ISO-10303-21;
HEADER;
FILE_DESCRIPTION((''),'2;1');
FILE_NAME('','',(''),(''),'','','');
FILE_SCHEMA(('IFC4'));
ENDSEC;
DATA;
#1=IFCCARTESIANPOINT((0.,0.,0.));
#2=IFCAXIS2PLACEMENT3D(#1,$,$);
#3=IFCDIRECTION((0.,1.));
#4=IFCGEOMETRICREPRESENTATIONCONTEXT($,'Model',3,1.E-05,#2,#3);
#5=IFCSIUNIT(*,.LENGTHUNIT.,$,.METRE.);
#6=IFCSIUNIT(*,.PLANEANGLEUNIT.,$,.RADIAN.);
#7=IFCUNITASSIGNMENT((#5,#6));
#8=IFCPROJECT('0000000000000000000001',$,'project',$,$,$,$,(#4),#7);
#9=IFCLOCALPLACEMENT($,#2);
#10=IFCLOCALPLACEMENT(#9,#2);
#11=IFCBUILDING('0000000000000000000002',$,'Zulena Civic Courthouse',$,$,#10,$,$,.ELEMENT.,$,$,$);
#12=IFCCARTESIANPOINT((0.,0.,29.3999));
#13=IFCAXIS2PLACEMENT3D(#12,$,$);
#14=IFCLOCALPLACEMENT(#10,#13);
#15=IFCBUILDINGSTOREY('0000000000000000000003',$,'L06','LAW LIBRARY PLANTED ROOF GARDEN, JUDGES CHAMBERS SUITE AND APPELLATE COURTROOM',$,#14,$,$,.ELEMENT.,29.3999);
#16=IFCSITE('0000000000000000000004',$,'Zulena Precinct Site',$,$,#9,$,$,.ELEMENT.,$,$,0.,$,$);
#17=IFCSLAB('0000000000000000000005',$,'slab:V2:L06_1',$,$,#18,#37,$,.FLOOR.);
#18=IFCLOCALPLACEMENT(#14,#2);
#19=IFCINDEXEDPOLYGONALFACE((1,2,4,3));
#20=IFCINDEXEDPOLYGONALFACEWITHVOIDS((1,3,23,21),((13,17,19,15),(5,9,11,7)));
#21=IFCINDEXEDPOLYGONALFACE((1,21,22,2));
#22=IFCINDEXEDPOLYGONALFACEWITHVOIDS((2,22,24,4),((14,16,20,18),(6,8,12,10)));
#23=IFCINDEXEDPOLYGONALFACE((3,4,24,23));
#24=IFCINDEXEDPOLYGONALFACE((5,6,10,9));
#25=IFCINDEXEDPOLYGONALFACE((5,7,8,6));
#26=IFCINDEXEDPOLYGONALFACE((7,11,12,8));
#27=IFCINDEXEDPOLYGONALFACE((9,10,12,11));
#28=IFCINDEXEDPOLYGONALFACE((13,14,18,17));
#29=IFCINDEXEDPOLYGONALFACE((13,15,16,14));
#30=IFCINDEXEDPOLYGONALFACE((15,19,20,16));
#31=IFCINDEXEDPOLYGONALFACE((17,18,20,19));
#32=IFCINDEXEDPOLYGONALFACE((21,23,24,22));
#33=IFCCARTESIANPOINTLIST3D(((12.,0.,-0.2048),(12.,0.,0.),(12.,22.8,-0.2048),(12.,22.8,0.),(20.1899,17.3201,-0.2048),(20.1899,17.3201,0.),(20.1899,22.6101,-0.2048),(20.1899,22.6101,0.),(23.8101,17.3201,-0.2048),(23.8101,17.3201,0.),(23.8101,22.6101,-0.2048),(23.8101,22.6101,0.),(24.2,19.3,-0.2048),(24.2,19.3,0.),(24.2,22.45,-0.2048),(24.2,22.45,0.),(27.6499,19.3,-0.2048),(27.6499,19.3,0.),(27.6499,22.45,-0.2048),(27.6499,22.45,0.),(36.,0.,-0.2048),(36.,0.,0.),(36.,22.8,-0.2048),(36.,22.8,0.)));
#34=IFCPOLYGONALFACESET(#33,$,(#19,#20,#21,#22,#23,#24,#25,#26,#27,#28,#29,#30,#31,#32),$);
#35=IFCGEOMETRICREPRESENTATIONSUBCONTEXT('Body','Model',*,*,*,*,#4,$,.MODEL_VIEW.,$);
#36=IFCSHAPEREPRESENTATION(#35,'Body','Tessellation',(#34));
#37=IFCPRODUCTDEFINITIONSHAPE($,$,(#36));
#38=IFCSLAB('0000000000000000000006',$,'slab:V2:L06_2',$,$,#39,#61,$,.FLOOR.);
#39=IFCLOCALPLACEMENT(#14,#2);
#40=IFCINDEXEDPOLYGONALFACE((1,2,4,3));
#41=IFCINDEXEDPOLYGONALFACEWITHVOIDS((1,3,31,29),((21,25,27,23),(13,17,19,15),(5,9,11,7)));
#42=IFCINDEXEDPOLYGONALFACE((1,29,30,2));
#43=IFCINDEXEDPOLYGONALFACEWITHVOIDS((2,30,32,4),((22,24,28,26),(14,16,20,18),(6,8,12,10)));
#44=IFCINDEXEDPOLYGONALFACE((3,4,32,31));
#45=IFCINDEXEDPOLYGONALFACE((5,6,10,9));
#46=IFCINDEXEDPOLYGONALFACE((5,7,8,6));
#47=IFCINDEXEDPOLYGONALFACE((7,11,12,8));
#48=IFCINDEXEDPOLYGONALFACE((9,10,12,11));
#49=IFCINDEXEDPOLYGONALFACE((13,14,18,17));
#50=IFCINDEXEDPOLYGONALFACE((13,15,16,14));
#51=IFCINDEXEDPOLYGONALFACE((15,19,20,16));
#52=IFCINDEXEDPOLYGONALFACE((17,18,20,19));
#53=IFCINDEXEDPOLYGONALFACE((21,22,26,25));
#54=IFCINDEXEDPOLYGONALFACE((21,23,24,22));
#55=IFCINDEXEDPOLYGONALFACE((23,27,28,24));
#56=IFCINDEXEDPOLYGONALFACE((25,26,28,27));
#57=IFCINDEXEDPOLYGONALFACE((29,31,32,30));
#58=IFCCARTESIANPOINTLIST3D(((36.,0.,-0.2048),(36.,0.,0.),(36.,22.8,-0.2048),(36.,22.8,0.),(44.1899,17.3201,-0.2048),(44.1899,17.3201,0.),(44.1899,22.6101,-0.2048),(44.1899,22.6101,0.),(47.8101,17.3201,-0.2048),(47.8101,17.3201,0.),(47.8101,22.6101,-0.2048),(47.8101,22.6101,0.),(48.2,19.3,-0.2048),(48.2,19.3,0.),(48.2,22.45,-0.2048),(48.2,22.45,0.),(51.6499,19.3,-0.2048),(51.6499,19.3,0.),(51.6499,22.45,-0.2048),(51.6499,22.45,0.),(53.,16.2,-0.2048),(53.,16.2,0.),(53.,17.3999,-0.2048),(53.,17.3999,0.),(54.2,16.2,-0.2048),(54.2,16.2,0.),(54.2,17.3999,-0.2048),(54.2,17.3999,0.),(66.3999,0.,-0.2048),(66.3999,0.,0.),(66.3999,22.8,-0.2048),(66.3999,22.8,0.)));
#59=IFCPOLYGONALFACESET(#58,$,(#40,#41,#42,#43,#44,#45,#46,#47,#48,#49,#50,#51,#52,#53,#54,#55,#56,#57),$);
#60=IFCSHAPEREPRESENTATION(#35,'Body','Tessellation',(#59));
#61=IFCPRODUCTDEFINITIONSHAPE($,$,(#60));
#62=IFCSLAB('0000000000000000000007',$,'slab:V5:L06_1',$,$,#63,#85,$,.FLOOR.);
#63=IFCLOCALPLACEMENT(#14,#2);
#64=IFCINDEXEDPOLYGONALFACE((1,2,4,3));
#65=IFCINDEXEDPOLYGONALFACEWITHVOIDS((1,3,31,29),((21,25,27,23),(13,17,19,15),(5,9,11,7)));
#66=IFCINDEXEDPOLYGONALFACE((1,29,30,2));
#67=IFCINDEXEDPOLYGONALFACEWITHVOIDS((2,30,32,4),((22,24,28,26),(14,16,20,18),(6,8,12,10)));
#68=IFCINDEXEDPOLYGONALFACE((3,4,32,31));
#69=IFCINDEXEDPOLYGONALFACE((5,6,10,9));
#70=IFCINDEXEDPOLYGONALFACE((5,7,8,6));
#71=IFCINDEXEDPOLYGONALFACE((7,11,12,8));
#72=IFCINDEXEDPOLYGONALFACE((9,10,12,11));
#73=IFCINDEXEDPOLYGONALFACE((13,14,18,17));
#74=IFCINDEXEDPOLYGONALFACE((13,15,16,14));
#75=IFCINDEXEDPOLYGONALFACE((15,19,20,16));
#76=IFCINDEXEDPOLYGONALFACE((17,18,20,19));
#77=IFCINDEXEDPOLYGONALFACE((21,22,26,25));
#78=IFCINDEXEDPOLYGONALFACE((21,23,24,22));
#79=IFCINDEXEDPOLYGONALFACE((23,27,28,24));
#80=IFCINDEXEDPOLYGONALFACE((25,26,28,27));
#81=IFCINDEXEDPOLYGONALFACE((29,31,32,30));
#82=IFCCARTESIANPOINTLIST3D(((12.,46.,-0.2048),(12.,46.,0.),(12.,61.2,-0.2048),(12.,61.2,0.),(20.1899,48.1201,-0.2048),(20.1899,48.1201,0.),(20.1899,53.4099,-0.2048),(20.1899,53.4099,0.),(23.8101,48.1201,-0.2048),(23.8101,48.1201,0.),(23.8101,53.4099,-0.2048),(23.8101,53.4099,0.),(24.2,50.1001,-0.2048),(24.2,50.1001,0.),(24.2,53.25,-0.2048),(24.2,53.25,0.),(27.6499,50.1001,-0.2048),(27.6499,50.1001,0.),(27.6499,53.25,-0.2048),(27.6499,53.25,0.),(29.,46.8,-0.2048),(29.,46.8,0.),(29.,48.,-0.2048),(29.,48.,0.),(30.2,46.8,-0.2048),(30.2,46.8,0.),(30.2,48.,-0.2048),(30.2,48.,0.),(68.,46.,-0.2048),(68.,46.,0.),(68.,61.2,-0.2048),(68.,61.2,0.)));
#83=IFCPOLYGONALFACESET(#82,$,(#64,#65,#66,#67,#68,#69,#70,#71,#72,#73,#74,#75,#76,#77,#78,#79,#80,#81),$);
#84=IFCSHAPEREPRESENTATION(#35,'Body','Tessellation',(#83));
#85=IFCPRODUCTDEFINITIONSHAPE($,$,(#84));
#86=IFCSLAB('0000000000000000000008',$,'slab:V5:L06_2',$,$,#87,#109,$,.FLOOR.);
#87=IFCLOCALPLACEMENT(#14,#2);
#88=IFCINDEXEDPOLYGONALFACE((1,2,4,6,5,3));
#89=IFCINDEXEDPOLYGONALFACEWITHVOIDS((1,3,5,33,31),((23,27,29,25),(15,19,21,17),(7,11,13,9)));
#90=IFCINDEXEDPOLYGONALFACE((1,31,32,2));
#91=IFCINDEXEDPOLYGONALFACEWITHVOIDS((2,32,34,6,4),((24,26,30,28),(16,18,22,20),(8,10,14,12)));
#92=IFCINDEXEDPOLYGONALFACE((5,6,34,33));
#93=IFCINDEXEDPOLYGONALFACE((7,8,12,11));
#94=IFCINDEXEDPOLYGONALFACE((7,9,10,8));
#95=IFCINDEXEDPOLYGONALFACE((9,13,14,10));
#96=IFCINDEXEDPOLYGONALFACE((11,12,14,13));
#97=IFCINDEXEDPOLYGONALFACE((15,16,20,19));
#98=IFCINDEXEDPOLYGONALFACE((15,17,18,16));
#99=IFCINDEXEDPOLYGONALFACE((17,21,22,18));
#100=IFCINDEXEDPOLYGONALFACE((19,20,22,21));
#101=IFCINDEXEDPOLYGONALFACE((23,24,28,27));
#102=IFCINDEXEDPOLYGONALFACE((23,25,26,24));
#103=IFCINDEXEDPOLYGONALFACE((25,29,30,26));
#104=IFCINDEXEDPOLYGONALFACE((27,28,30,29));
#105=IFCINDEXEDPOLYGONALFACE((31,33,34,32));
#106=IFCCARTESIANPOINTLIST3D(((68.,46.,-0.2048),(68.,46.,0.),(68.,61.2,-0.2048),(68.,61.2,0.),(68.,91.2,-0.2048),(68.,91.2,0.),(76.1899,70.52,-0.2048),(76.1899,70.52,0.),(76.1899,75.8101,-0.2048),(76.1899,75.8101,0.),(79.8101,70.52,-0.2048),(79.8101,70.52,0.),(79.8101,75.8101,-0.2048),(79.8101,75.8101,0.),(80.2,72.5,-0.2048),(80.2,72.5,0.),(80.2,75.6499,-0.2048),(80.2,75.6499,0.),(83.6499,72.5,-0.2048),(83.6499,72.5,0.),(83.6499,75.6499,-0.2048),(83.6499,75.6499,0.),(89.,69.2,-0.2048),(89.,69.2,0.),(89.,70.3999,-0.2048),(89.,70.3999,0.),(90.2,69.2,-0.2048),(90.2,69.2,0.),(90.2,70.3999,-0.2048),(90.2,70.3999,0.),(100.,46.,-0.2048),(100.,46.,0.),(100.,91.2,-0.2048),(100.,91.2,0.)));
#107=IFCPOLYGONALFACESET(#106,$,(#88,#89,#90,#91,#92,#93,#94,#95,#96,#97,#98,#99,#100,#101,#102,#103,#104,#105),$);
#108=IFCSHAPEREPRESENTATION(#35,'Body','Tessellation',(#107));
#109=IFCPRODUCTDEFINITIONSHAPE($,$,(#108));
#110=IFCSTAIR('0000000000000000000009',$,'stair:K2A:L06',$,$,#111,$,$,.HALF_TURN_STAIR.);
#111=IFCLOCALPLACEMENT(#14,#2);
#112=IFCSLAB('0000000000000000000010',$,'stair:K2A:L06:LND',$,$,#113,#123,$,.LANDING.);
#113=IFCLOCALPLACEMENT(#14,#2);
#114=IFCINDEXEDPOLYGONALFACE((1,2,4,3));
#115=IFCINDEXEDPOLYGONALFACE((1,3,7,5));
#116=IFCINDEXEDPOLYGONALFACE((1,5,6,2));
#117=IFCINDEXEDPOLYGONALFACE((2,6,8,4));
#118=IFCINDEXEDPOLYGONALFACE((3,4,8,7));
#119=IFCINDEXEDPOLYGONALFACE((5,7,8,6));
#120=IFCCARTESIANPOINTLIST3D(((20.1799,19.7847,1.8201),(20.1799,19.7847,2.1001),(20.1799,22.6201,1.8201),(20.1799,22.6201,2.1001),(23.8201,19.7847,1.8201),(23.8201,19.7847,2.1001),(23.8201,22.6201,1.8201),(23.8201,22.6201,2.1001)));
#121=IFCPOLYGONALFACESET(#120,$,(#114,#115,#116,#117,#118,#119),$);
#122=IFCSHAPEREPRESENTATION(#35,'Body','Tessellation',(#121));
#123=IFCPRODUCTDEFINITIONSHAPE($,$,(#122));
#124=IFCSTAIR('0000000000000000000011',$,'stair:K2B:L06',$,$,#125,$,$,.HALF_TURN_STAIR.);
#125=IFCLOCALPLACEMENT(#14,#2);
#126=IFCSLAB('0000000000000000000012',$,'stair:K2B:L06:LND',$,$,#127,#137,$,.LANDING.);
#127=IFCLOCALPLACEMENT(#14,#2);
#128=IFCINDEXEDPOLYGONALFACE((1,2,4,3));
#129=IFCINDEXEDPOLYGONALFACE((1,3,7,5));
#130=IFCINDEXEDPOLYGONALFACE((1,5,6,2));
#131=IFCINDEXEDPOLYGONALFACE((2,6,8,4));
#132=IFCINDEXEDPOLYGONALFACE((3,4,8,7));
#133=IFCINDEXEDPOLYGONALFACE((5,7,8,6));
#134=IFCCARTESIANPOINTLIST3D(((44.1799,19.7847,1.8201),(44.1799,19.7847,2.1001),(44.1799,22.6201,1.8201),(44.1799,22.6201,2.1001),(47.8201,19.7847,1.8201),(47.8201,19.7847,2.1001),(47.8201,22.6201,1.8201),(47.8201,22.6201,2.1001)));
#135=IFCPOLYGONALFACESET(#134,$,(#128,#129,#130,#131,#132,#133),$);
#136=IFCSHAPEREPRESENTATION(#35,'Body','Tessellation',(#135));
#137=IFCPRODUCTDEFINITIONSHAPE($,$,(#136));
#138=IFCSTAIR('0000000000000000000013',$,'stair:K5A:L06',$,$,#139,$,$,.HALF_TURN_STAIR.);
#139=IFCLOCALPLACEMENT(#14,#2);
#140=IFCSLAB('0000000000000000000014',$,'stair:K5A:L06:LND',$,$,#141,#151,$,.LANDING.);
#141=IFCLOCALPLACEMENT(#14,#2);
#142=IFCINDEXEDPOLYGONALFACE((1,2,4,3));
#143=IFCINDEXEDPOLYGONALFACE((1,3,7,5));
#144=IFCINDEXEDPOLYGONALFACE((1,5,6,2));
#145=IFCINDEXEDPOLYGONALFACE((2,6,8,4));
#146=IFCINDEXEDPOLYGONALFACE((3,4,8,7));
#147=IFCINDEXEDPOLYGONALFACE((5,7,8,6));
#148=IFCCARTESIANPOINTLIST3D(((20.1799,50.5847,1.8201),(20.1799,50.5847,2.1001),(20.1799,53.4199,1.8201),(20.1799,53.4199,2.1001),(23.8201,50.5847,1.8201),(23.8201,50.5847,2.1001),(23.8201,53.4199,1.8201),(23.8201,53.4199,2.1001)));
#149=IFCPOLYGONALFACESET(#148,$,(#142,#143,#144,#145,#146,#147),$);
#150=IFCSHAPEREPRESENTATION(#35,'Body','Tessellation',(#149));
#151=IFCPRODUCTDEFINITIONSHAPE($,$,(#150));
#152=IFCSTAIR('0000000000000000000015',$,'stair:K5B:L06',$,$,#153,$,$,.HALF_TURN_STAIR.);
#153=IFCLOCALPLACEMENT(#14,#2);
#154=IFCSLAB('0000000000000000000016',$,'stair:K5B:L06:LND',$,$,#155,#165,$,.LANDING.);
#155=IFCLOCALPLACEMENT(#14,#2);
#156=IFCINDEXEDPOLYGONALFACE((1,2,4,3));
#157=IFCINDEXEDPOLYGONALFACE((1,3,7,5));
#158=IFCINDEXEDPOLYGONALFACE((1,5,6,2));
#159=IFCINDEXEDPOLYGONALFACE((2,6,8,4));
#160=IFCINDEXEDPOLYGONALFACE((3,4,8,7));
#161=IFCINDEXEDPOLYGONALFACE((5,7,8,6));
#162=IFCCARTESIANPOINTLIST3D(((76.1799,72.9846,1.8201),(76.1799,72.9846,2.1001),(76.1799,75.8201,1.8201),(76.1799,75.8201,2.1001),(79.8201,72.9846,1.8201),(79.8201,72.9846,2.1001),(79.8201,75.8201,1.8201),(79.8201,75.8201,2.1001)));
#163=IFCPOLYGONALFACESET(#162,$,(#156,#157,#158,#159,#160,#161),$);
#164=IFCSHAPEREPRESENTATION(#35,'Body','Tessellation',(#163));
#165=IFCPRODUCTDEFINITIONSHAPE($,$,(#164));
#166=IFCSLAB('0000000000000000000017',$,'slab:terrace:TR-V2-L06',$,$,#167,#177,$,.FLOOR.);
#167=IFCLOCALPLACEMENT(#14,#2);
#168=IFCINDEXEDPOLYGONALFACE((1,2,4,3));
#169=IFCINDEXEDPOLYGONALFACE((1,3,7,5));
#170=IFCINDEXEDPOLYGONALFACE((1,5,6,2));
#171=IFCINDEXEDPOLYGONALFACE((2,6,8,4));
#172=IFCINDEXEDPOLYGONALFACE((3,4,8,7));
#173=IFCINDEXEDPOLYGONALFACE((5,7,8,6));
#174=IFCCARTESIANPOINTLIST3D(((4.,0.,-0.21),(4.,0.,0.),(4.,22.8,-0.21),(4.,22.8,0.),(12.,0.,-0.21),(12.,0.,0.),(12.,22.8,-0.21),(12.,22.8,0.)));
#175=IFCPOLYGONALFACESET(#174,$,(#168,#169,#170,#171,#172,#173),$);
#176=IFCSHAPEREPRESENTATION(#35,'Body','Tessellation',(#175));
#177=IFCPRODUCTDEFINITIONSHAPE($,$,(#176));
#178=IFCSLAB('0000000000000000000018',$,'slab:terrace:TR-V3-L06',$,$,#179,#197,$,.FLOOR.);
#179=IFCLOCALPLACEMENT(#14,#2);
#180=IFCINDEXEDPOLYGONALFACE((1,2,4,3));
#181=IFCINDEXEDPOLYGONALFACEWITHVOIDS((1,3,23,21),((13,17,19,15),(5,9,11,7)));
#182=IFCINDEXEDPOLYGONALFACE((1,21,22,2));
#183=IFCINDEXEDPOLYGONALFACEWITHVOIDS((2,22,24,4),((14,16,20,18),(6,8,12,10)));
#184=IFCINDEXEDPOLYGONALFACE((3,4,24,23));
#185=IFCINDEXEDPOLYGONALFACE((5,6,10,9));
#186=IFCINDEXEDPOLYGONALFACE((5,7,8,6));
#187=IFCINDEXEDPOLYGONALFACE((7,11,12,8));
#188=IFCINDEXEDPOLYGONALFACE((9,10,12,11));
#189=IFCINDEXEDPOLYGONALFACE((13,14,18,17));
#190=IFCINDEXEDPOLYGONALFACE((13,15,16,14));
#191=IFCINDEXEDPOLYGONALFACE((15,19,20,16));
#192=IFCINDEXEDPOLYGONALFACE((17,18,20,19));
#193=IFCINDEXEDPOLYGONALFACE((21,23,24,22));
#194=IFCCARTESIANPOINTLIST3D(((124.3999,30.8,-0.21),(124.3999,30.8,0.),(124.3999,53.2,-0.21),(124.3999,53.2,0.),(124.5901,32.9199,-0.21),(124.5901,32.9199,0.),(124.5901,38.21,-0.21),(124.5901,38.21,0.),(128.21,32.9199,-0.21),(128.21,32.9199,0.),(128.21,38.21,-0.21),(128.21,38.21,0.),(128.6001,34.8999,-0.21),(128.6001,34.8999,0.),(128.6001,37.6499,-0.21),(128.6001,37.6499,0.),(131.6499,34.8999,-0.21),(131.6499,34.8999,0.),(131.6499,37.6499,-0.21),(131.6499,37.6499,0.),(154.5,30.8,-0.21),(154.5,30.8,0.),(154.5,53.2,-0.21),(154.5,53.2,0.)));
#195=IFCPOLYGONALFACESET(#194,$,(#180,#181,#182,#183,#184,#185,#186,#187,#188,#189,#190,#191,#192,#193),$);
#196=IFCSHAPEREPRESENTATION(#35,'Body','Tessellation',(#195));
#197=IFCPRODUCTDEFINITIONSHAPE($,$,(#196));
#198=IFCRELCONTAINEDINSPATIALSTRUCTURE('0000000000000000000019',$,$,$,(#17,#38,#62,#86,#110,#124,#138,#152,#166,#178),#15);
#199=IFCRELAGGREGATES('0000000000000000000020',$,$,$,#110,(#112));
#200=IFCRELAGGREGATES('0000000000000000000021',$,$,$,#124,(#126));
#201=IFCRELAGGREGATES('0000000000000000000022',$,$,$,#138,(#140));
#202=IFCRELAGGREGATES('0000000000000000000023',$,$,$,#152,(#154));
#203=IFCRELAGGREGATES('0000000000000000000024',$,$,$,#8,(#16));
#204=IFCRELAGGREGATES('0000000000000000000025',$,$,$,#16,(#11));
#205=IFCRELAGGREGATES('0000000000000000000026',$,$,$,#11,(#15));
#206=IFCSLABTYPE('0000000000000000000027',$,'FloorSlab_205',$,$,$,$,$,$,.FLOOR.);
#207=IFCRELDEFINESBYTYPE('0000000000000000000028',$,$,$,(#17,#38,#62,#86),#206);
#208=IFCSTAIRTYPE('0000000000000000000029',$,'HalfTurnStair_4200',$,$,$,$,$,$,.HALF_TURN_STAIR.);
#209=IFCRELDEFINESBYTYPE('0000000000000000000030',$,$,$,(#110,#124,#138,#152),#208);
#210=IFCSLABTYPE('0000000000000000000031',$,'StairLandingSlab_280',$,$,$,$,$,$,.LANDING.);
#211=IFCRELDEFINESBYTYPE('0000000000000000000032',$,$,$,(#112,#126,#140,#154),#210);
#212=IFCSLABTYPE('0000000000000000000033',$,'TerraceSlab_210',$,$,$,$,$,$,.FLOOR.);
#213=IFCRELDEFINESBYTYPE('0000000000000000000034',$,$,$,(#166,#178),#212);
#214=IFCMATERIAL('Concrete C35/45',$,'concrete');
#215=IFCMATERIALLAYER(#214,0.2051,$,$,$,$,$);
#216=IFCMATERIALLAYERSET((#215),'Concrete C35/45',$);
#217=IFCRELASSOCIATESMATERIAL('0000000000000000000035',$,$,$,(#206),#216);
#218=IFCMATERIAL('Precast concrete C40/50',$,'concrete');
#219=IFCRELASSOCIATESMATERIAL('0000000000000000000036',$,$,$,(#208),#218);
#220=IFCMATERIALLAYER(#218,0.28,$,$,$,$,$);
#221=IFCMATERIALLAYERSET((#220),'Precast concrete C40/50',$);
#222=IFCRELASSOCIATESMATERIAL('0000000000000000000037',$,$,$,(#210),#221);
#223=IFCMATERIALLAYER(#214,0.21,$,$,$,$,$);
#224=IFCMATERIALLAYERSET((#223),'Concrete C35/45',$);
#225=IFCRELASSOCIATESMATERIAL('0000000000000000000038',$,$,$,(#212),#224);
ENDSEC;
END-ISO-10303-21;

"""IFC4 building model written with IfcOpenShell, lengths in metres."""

from ifc_helpers import new_model, si_unit, direction, frame, origin, place, context, subcontext, project, spatial, polyline, outline, extrude, material, layer, layer_set, type_object, element, aggregate, save


model = new_model("IFC4")

# Units and contexts
model_context = context("Model", 3, precision=1e-05, world=origin(), true_north=direction((0.0, 1.0)))
body_context = subcontext(model_context, "Body", "Model", "MODEL_VIEW")
ifc_project = project(units=[si_unit("LENGTHUNIT", "METRE"), si_unit("PLANEANGLEUNIT", "RADIAN")], contexts=[model_context])

# Site, building, storey
site_placement = place(None, origin())
site = spatial("IfcSite", under=ifc_project, at=site_placement, Name="Zulena Precinct Site", CompositionType="ELEMENT", RefElevation=0.0)
building_placement = place(site_placement, origin())
building = spatial("IfcBuilding", under=site, at=building_placement, Name="Zulena Civic Courthouse", CompositionType="ELEMENT")
storey_placement = place(building_placement, frame((0.0, 0.0, 29.3999)))
storey = spatial("IfcBuildingStorey", under=building, at=storey_placement, Name="L06", Description="LAW LIBRARY PLANTED ROOF GARDEN, JUDGES CHAMBERS SUITE AND APPELLATE COURTROOM", CompositionType="ELEMENT", Elevation=29.3999)

# Shared definitions
ifc_material_1 = material(Name="Concrete C35/45", Category="concrete")

# Slabs
ifc_layer_1 = layer(ifc_material_1, 0.2051)
ifc_layer_set_1 = layer_set([ifc_layer_1], Name="Concrete C35/45")
slab_type_1 = type_object("IfcSlabType", Name="FloorSlab_205", PredefinedType="FLOOR", material=ifc_layer_set_1)
slab_1_placement = place(storey_placement, frame((0.0, 0.0, -0.2048)))
element("IfcSlab", 1, at=slab_1_placement, inside=storey, type_object=slab_type_1, Name="slab:V2:L06_1", PredefinedType="FLOOR", context=body_context, shape_type="SweptSolid", body=[
    extrude(outline(polyline([(36.0, 22.8), (36.0, 0.0), (12.0, 0.0), (12.0, 22.8), (36.0, 22.8)]), holes=[polyline([(23.8101, 22.6101), (20.1899, 22.6101), (20.1899, 17.3201), (23.8101, 17.3201), (23.8101, 22.6101)]), polyline([(27.6499, 19.3), (27.6499, 22.45), (24.2, 22.45), (24.2, 19.3), (27.6499, 19.3)])]), origin(), (0.0, 0.0, 1.0), 0.2048),
])
slab_2_placement = place(storey_placement, frame((0.0, 0.0, -0.2048)))
element("IfcSlab", 2, at=slab_2_placement, inside=storey, type_object=slab_type_1, Name="slab:V2:L06_2", PredefinedType="FLOOR", context=body_context, shape_type="SweptSolid", body=[
    extrude(outline(polyline([(66.3999, 22.8), (66.3999, 0.0), (36.0, 0.0), (36.0, 22.8), (66.3999, 22.8)]), holes=[polyline([(44.1899, 17.3201), (47.8101, 17.3201), (47.8101, 22.6101), (44.1899, 22.6101), (44.1899, 17.3201)]), polyline([(48.2, 22.45), (48.2, 19.3), (51.6499, 19.3), (51.6499, 22.45), (48.2, 22.45)]), polyline([(54.2, 17.3999), (53.0, 17.3999), (53.0, 16.2), (54.2, 16.2), (54.2, 17.3999)])]), origin(), (0.0, 0.0, 1.0), 0.2048),
])
slab_3_placement = place(storey_placement, frame((0.0, 0.0, -0.2048)))
element("IfcSlab", 3, at=slab_3_placement, inside=storey, type_object=slab_type_1, Name="slab:V5:L06_1", PredefinedType="FLOOR", context=body_context, shape_type="SweptSolid", body=[
    extrude(outline(polyline([(12.0, 61.2), (68.0, 61.2), (68.0, 46.0), (12.0, 46.0), (12.0, 61.2)]), holes=[polyline([(20.1899, 53.4099), (20.1899, 48.1201), (23.8101, 48.1201), (23.8101, 53.4099), (20.1899, 53.4099)]), polyline([(27.6499, 53.25), (24.2, 53.25), (24.2, 50.1001), (27.6499, 50.1001), (27.6499, 53.25)]), polyline([(29.0, 48.0), (29.0, 46.8), (30.2, 46.8), (30.2, 48.0), (29.0, 48.0)])]), origin(), (0.0, 0.0, 1.0), 0.2048),
])
slab_4_placement = place(storey_placement, frame((0.0, 0.0, -0.2048)))
element("IfcSlab", 4, at=slab_4_placement, inside=storey, type_object=slab_type_1, Name="slab:V5:L06_2", PredefinedType="FLOOR", context=body_context, shape_type="SweptSolid", body=[
    extrude(outline(polyline([(68.0, 91.2), (100.0, 91.2), (100.0, 46.0), (68.0, 46.0), (68.0, 61.2), (68.0, 91.2)]), holes=[polyline([(79.8101, 70.52), (79.8101, 75.8101), (76.1899, 75.8101), (76.1899, 70.52), (79.8101, 70.52)]), polyline([(80.2, 72.5), (83.6499, 72.5), (83.6499, 75.6499), (80.2, 75.6499), (80.2, 72.5)]), polyline([(90.2, 70.3999), (89.0, 70.3999), (89.0, 69.2), (90.2, 69.2), (90.2, 70.3999)])]), origin(), (0.0, 0.0, 1.0), 0.2048),
])

# Stairs, slabs
ifc_material_2 = material(Name="Precast concrete C40/50", Category="concrete")
stair_type = type_object("IfcStairType", Name="HalfTurnStair_4200", PredefinedType="HALF_TURN_STAIR", material=ifc_material_2)
stair_1_placement = place(storey_placement, origin())
stair_1 = element("IfcStair", 5, at=stair_1_placement, inside=storey, type_object=stair_type, Name="stair:K2A:L06", PredefinedType="HALF_TURN_STAIR")
ifc_layer_2 = layer(ifc_material_2, 0.28)
ifc_layer_set_2 = layer_set([ifc_layer_2], Name="Precast concrete C40/50")
slab_type_2 = type_object("IfcSlabType", Name="StairLandingSlab_280", PredefinedType="LANDING", material=ifc_layer_set_2)
slab_5_placement = place(storey_placement, frame((0.0, 0.0, 1.8201)))
slab_5 = element("IfcSlab", 6, at=slab_5_placement, type_object=slab_type_2, Name="stair:K2A:L06:LND", PredefinedType="LANDING", context=body_context, shape_type="SweptSolid", body=[
    extrude(outline(polyline([(20.1799, 19.7847), (23.8201, 19.7847), (23.8201, 22.6201), (20.1799, 22.6201), (20.1799, 19.7847)])), origin(), (0.0, 0.0, 1.0), 0.28),
])
aggregate(stair_1, [slab_5])
stair_2_placement = place(storey_placement, origin())
stair_2 = element("IfcStair", 7, at=stair_2_placement, inside=storey, type_object=stair_type, Name="stair:K2B:L06", PredefinedType="HALF_TURN_STAIR")
slab_6_placement = place(storey_placement, frame((0.0, 0.0, 1.8201)))
slab_6 = element("IfcSlab", 8, at=slab_6_placement, type_object=slab_type_2, Name="stair:K2B:L06:LND", PredefinedType="LANDING", context=body_context, shape_type="SweptSolid", body=[
    extrude(outline(polyline([(44.1799, 19.7847), (47.8201, 19.7847), (47.8201, 22.6201), (44.1799, 22.6201), (44.1799, 19.7847)])), origin(), (0.0, 0.0, 1.0), 0.28),
])
aggregate(stair_2, [slab_6])
stair_3_placement = place(storey_placement, origin())
stair_3 = element("IfcStair", 9, at=stair_3_placement, inside=storey, type_object=stair_type, Name="stair:K5A:L06", PredefinedType="HALF_TURN_STAIR")
slab_7_placement = place(storey_placement, frame((0.0, 0.0, 1.8201)))
slab_7 = element("IfcSlab", 10, at=slab_7_placement, type_object=slab_type_2, Name="stair:K5A:L06:LND", PredefinedType="LANDING", context=body_context, shape_type="SweptSolid", body=[
    extrude(outline(polyline([(20.1799, 50.5847), (23.8201, 50.5847), (23.8201, 53.4199), (20.1799, 53.4199), (20.1799, 50.5847)])), origin(), (0.0, 0.0, 1.0), 0.28),
])
aggregate(stair_3, [slab_7])
stair_4_placement = place(storey_placement, origin())
stair_4 = element("IfcStair", 11, at=stair_4_placement, inside=storey, type_object=stair_type, Name="stair:K5B:L06", PredefinedType="HALF_TURN_STAIR")
slab_8_placement = place(storey_placement, frame((0.0, 0.0, 1.8201)))
slab_8 = element("IfcSlab", 12, at=slab_8_placement, type_object=slab_type_2, Name="stair:K5B:L06:LND", PredefinedType="LANDING", context=body_context, shape_type="SweptSolid", body=[
    extrude(outline(polyline([(76.1799, 72.9846), (79.8201, 72.9846), (79.8201, 75.8201), (76.1799, 75.8201), (76.1799, 72.9846)])), origin(), (0.0, 0.0, 1.0), 0.28),
])
aggregate(stair_4, [slab_8])

# Slabs
ifc_layer_3 = layer(ifc_material_1, 0.21)
ifc_layer_set_3 = layer_set([ifc_layer_3], Name="Concrete C35/45")
slab_type_3 = type_object("IfcSlabType", Name="TerraceSlab_210", PredefinedType="FLOOR", material=ifc_layer_set_3)
slab_9_placement = place(storey_placement, frame((0.0, 0.0, -0.21)))
element("IfcSlab", 13, at=slab_9_placement, inside=storey, type_object=slab_type_3, Name="slab:terrace:TR-V2-L06", PredefinedType="FLOOR", context=body_context, shape_type="SweptSolid", body=[
    extrude(outline(polyline([(4.0, 0.0), (12.0, 0.0), (12.0, 22.8), (4.0, 22.8), (4.0, 0.0)])), origin(), (0.0, 0.0, 1.0), 0.21),
])
slab_10_placement = place(storey_placement, frame((0.0, 0.0, -0.21)))
element("IfcSlab", 14, at=slab_10_placement, inside=storey, type_object=slab_type_3, Name="slab:terrace:TR-V3-L06", PredefinedType="FLOOR", context=body_context, shape_type="SweptSolid", body=[
    extrude(outline(polyline([(154.5, 53.2), (154.5, 30.8), (124.3999, 30.8), (124.3999, 53.2), (154.5, 53.2)]), holes=[polyline([(128.21, 38.21), (124.5901, 38.21), (124.5901, 32.9199), (128.21, 32.9199), (128.21, 38.21)]), polyline([(131.6499, 34.8999), (131.6499, 37.6499), (128.6001, 37.6499), (128.6001, 34.8999), (131.6499, 34.8999)])]), origin(), (0.0, 0.0, 1.0), 0.21),
])

save(model, "model.ifc")
